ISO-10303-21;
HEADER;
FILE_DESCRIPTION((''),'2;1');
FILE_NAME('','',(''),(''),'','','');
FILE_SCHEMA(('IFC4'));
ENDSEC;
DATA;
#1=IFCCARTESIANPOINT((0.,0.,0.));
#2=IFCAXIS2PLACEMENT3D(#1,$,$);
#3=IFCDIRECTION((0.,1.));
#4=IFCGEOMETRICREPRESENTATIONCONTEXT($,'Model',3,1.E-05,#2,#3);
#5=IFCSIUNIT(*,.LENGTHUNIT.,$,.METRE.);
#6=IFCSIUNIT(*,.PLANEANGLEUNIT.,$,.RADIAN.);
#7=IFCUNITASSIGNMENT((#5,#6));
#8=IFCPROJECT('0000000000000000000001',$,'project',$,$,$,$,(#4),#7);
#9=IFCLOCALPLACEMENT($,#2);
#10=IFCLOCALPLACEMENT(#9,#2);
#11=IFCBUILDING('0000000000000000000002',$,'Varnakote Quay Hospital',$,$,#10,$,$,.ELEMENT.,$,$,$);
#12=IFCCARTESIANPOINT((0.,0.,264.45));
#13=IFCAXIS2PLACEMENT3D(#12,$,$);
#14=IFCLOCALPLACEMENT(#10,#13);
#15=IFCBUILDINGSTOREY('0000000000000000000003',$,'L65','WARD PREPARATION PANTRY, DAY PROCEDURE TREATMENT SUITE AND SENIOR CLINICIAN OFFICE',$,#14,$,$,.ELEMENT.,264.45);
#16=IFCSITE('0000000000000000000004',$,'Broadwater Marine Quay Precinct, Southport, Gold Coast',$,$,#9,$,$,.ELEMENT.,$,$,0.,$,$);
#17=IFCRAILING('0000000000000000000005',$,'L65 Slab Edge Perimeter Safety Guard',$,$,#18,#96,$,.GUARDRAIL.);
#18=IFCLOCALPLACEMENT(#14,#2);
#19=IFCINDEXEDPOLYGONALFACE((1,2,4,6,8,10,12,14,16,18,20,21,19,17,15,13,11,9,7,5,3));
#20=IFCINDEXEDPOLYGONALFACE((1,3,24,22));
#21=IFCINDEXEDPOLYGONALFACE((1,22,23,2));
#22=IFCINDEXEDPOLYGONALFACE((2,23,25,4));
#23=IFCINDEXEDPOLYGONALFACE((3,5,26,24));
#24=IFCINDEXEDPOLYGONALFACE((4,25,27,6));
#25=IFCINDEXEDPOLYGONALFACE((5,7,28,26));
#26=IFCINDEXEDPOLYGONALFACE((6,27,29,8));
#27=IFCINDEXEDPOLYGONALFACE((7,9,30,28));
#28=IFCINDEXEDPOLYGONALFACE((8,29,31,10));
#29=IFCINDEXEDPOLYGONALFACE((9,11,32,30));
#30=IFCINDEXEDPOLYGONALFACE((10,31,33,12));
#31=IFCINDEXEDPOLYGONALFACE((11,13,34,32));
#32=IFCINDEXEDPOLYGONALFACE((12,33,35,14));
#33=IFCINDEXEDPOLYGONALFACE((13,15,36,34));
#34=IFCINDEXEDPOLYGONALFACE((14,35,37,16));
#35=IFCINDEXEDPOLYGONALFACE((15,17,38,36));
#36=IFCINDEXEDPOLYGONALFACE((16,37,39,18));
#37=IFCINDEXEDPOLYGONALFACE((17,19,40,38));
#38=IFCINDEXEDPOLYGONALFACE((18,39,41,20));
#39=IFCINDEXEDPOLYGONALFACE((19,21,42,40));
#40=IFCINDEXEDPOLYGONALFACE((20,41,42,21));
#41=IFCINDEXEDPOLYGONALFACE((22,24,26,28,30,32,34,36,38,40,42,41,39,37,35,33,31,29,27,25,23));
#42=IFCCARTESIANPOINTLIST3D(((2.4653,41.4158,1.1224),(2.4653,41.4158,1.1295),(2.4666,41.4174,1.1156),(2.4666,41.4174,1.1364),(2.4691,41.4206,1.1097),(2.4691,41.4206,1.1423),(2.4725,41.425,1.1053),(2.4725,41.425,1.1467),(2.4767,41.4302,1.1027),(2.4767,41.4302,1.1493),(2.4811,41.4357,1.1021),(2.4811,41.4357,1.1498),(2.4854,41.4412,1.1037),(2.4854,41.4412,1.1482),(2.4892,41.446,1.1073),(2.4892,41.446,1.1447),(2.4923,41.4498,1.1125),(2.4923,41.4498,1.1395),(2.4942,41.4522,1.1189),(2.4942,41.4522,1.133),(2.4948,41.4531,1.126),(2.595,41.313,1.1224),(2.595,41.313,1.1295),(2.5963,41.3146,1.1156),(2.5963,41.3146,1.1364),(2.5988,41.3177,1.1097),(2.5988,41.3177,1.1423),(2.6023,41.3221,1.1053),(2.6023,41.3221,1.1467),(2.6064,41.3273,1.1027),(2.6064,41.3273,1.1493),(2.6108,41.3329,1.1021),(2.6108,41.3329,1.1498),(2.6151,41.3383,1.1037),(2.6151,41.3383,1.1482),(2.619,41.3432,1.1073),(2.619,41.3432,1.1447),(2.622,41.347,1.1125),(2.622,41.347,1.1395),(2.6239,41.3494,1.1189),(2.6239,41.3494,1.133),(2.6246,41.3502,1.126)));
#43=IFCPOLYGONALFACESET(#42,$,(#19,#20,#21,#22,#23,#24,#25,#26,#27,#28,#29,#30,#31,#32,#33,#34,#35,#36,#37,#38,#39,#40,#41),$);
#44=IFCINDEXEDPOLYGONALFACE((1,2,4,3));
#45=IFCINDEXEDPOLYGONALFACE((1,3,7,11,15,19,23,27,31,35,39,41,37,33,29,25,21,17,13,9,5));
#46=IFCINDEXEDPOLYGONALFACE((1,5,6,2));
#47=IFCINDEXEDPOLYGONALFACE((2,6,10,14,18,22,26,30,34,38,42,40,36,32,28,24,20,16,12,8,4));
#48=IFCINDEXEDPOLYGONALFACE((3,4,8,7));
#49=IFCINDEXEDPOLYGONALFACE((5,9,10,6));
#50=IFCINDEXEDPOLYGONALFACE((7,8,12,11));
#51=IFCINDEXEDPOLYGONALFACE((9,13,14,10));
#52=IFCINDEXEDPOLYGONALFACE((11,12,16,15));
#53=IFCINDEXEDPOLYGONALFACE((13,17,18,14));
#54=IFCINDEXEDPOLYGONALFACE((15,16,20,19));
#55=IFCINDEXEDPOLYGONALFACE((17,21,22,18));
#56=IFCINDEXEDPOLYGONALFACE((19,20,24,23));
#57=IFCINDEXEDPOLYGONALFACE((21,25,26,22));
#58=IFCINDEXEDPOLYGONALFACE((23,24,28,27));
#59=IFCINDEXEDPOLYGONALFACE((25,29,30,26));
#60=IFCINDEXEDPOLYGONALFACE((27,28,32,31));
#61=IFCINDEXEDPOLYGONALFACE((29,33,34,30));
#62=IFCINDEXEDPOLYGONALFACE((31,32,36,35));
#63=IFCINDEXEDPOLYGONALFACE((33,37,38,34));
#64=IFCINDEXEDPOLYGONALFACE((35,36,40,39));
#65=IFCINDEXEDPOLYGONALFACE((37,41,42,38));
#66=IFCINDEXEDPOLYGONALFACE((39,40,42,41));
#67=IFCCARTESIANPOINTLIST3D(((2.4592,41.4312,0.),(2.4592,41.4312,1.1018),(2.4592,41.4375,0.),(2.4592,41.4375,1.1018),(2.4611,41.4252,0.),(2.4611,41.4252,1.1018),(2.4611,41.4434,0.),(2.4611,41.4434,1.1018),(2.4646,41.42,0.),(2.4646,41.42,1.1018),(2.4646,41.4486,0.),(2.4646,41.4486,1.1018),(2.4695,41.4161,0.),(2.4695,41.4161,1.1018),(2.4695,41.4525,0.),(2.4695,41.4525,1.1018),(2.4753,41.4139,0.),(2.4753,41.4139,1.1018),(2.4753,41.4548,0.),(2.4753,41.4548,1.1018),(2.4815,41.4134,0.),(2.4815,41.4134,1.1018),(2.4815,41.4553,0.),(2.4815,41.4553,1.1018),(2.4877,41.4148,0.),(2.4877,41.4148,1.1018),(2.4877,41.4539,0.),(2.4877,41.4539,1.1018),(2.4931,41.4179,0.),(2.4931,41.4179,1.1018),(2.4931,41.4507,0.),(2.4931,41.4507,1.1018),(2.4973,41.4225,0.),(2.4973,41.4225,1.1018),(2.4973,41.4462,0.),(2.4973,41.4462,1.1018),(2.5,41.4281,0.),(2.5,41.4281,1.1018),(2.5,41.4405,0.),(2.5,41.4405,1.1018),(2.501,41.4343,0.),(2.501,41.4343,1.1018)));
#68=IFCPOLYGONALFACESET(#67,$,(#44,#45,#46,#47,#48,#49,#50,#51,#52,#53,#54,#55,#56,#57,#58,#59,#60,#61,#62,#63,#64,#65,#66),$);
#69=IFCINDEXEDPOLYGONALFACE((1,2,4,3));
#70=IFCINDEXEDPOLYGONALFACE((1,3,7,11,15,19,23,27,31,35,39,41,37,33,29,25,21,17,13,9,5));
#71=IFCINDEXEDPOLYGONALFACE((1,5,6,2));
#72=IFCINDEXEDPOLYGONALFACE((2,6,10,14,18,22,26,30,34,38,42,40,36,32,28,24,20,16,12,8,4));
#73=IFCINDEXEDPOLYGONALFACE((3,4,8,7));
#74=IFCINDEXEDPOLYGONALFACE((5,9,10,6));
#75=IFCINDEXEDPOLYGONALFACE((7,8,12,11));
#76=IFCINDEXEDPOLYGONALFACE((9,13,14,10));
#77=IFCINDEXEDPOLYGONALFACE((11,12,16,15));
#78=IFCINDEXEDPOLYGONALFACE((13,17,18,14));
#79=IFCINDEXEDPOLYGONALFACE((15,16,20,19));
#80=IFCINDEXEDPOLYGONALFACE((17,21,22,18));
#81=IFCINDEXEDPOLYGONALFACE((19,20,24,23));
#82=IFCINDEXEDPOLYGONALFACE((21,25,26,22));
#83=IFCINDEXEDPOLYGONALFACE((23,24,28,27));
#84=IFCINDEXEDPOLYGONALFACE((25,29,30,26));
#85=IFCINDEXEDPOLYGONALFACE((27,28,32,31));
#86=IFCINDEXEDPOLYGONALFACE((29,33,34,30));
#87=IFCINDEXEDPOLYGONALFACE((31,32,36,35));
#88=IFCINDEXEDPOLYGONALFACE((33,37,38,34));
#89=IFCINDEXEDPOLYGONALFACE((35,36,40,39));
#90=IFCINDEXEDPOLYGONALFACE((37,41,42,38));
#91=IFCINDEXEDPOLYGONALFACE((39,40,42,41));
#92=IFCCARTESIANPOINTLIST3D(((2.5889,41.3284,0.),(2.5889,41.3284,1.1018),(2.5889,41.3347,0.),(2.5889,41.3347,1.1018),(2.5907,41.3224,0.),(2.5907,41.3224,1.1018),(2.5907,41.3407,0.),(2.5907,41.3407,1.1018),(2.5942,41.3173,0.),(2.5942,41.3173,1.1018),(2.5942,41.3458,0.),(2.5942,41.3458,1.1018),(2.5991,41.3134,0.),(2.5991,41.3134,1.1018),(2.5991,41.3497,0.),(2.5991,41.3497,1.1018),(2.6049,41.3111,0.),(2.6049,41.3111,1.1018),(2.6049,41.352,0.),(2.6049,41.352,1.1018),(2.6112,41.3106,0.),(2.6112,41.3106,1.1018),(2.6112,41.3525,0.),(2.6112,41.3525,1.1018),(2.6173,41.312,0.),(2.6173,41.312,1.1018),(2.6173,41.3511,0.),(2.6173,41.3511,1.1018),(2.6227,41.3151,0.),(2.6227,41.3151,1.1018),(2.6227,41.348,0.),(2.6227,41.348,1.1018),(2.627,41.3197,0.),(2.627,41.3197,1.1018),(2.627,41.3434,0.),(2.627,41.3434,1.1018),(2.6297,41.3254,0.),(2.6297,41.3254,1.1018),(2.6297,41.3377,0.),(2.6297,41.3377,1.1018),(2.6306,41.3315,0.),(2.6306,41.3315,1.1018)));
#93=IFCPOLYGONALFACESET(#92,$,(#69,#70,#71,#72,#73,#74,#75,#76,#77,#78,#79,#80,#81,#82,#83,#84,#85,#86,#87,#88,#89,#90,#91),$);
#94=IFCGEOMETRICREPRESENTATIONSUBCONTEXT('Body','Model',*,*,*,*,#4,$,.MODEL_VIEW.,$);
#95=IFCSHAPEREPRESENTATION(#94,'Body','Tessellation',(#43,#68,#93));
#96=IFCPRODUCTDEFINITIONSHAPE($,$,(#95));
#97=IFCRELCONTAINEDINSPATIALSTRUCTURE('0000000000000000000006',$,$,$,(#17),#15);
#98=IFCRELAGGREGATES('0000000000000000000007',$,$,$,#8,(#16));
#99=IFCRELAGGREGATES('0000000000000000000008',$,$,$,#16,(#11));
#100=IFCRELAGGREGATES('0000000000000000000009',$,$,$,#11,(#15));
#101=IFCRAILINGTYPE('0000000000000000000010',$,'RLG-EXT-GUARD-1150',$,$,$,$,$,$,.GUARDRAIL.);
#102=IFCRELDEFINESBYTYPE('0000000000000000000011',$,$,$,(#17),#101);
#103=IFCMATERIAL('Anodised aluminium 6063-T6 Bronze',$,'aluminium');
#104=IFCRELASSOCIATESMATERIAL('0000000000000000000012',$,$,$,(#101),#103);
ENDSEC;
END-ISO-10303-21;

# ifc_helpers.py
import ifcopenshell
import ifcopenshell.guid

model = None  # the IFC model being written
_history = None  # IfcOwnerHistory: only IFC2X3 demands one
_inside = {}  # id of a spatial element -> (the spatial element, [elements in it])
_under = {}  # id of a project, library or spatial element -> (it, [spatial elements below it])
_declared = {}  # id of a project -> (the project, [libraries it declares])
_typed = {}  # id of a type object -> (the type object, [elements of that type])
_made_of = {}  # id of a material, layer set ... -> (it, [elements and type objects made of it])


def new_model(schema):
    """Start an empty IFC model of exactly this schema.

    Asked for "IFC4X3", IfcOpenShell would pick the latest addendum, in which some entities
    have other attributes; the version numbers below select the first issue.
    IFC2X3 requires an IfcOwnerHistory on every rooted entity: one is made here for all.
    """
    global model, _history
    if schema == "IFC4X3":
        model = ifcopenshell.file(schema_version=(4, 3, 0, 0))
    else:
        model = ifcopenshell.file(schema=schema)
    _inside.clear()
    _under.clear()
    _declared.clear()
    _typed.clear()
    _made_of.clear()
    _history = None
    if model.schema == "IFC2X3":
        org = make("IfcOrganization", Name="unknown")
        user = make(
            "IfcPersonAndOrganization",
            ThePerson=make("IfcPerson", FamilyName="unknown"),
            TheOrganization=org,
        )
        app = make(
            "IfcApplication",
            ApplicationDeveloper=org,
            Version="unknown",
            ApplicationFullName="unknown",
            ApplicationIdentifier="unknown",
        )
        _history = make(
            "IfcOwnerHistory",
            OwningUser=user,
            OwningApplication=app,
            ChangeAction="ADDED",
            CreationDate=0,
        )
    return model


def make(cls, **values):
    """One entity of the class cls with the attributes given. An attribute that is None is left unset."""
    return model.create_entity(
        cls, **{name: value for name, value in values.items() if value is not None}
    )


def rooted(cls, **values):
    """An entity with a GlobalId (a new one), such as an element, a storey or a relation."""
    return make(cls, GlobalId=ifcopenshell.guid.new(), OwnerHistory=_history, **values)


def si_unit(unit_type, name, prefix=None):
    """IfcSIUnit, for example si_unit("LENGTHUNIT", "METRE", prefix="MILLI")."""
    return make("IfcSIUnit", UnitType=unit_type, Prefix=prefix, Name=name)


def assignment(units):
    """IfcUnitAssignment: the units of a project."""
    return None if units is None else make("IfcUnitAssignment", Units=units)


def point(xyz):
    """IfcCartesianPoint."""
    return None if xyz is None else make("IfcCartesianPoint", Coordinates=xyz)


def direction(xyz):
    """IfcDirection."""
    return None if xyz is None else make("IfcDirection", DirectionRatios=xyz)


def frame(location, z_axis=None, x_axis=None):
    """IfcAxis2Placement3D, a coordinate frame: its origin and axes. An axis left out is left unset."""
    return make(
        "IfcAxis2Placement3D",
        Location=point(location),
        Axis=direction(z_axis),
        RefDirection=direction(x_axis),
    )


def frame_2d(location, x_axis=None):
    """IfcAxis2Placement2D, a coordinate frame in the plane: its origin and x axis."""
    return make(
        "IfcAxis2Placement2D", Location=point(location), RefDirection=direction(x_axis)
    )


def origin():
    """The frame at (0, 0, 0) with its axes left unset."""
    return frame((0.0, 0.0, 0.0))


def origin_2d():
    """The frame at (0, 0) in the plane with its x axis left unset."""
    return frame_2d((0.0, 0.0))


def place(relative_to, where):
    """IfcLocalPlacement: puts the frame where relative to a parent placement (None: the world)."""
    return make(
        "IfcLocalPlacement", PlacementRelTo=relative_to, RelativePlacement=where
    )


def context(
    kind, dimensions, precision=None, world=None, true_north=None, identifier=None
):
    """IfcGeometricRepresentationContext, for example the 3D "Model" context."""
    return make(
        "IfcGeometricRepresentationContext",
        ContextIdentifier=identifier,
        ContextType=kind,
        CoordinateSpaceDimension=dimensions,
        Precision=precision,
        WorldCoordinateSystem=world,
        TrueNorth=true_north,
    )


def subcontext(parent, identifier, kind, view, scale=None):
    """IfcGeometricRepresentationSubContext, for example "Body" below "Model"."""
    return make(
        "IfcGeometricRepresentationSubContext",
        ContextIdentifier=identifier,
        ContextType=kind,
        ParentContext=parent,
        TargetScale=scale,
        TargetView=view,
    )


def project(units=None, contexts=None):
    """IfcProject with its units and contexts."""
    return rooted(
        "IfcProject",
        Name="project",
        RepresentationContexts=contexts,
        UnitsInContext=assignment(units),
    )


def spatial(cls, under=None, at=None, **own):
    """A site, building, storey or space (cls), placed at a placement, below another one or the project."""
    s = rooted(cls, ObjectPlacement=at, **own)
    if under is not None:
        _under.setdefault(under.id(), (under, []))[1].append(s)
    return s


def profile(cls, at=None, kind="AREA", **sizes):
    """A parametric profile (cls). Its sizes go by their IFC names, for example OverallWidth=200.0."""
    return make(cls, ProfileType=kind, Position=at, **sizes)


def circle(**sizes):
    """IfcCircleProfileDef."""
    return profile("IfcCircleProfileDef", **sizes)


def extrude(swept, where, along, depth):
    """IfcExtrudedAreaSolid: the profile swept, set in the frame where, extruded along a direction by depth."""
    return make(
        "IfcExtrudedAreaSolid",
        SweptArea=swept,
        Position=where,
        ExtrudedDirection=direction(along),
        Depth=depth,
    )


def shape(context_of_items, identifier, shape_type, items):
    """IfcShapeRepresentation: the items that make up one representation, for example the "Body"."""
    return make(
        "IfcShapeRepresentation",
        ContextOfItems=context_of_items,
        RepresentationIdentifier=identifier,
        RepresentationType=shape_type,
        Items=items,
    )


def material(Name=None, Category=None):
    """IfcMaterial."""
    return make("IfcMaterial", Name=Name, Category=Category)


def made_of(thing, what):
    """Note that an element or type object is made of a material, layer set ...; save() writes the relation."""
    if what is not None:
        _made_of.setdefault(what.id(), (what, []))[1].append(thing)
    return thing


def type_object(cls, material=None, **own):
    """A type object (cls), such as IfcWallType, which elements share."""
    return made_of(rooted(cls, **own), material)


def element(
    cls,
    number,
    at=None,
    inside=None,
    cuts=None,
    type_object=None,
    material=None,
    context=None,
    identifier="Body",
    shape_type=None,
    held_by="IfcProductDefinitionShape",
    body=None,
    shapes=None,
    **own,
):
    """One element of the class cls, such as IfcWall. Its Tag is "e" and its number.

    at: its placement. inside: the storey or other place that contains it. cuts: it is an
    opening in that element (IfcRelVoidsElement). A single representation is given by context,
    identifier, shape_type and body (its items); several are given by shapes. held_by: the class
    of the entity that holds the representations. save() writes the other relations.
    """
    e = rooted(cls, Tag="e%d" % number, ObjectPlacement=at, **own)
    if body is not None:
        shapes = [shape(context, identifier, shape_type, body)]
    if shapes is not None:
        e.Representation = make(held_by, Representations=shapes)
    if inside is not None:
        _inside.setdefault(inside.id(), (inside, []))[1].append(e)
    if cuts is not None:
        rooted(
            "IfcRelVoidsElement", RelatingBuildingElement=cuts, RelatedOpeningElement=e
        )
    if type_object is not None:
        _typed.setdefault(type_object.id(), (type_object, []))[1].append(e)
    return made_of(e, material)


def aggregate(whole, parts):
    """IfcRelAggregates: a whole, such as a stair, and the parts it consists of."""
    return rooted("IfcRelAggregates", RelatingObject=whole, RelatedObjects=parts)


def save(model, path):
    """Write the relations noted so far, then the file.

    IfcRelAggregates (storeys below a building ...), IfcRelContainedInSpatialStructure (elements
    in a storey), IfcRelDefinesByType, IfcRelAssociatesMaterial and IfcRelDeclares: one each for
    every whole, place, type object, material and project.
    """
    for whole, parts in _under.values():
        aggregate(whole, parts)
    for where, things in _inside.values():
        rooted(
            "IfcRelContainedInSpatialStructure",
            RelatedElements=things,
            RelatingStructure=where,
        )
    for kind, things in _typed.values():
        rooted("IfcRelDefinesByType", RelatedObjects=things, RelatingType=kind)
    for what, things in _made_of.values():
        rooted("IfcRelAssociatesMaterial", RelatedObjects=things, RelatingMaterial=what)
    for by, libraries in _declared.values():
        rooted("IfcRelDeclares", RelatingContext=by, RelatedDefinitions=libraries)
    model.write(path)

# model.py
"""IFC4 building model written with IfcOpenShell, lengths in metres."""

from ifc_helpers import new_model, si_unit, direction, frame, origin, origin_2d, place, context, subcontext, project, spatial, circle, extrude, material, type_object, element, save


model = new_model("IFC4")

# Units and contexts
model_context = context("Model", 3, precision=1e-05, world=origin(), true_north=direction((0.0, 1.0)))
body_context = subcontext(model_context, "Body", "Model", "MODEL_VIEW")
ifc_project = project(units=[si_unit("LENGTHUNIT", "METRE"), si_unit("PLANEANGLEUNIT", "RADIAN")], contexts=[model_context])

# Site, building, storey
site_placement = place(None, origin())
site = spatial("IfcSite", under=ifc_project, at=site_placement, Name="Broadwater Marine Quay Precinct, Southport, Gold Coast", CompositionType="ELEMENT", RefElevation=0.0)
building_placement = place(site_placement, origin())
building = spatial("IfcBuilding", under=site, at=building_placement, Name="Varnakote Quay Hospital", CompositionType="ELEMENT")
storey_placement = place(building_placement, frame((0.0, 0.0, 264.45)))
storey = spatial("IfcBuildingStorey", under=building, at=storey_placement, Name="L65", Description="WARD PREPARATION PANTRY, DAY PROCEDURE TREATMENT SUITE AND SENIOR CLINICIAN OFFICE", CompositionType="ELEMENT", Elevation=264.45)

# Railing
ifc_material_1 = material(Name="Anodised aluminium 6063-T6 Bronze", Category="aluminium")
railing_type = type_object("IfcRailingType", Name="RLG-EXT-GUARD-1150", PredefinedType="GUARDRAIL", material=ifc_material_1)
railing_1_placement = place(storey_placement, frame((2.48, 41.4343, 0.0)))
element("IfcRailing", 1, at=railing_1_placement, inside=storey, type_object=railing_type, Name="L65 Slab Edge Perimeter Safety Guard", PredefinedType="GUARDRAIL", context=body_context, shape_type="SweptSolid", body=[
    extrude(circle(Radius=0.0239, at=origin_2d()), frame((0.0, 0.0, 1.126), z_axis=(0.783597, -0.62127, 0.0), x_axis=(0.62127, 0.783597, 0.0)), (0.0, 0.0, 1.0), 0.1655),
    extrude(circle(Radius=0.021, at=origin_2d()), origin(), (0.0, 0.0, 1.0), 1.1018),
    extrude(circle(Radius=0.021, at=origin_2d()), frame((0.1296, -0.1028, 0.0)), (0.0, 0.0, 1.0), 1.1018),
])

save(model, "model.ifc")
